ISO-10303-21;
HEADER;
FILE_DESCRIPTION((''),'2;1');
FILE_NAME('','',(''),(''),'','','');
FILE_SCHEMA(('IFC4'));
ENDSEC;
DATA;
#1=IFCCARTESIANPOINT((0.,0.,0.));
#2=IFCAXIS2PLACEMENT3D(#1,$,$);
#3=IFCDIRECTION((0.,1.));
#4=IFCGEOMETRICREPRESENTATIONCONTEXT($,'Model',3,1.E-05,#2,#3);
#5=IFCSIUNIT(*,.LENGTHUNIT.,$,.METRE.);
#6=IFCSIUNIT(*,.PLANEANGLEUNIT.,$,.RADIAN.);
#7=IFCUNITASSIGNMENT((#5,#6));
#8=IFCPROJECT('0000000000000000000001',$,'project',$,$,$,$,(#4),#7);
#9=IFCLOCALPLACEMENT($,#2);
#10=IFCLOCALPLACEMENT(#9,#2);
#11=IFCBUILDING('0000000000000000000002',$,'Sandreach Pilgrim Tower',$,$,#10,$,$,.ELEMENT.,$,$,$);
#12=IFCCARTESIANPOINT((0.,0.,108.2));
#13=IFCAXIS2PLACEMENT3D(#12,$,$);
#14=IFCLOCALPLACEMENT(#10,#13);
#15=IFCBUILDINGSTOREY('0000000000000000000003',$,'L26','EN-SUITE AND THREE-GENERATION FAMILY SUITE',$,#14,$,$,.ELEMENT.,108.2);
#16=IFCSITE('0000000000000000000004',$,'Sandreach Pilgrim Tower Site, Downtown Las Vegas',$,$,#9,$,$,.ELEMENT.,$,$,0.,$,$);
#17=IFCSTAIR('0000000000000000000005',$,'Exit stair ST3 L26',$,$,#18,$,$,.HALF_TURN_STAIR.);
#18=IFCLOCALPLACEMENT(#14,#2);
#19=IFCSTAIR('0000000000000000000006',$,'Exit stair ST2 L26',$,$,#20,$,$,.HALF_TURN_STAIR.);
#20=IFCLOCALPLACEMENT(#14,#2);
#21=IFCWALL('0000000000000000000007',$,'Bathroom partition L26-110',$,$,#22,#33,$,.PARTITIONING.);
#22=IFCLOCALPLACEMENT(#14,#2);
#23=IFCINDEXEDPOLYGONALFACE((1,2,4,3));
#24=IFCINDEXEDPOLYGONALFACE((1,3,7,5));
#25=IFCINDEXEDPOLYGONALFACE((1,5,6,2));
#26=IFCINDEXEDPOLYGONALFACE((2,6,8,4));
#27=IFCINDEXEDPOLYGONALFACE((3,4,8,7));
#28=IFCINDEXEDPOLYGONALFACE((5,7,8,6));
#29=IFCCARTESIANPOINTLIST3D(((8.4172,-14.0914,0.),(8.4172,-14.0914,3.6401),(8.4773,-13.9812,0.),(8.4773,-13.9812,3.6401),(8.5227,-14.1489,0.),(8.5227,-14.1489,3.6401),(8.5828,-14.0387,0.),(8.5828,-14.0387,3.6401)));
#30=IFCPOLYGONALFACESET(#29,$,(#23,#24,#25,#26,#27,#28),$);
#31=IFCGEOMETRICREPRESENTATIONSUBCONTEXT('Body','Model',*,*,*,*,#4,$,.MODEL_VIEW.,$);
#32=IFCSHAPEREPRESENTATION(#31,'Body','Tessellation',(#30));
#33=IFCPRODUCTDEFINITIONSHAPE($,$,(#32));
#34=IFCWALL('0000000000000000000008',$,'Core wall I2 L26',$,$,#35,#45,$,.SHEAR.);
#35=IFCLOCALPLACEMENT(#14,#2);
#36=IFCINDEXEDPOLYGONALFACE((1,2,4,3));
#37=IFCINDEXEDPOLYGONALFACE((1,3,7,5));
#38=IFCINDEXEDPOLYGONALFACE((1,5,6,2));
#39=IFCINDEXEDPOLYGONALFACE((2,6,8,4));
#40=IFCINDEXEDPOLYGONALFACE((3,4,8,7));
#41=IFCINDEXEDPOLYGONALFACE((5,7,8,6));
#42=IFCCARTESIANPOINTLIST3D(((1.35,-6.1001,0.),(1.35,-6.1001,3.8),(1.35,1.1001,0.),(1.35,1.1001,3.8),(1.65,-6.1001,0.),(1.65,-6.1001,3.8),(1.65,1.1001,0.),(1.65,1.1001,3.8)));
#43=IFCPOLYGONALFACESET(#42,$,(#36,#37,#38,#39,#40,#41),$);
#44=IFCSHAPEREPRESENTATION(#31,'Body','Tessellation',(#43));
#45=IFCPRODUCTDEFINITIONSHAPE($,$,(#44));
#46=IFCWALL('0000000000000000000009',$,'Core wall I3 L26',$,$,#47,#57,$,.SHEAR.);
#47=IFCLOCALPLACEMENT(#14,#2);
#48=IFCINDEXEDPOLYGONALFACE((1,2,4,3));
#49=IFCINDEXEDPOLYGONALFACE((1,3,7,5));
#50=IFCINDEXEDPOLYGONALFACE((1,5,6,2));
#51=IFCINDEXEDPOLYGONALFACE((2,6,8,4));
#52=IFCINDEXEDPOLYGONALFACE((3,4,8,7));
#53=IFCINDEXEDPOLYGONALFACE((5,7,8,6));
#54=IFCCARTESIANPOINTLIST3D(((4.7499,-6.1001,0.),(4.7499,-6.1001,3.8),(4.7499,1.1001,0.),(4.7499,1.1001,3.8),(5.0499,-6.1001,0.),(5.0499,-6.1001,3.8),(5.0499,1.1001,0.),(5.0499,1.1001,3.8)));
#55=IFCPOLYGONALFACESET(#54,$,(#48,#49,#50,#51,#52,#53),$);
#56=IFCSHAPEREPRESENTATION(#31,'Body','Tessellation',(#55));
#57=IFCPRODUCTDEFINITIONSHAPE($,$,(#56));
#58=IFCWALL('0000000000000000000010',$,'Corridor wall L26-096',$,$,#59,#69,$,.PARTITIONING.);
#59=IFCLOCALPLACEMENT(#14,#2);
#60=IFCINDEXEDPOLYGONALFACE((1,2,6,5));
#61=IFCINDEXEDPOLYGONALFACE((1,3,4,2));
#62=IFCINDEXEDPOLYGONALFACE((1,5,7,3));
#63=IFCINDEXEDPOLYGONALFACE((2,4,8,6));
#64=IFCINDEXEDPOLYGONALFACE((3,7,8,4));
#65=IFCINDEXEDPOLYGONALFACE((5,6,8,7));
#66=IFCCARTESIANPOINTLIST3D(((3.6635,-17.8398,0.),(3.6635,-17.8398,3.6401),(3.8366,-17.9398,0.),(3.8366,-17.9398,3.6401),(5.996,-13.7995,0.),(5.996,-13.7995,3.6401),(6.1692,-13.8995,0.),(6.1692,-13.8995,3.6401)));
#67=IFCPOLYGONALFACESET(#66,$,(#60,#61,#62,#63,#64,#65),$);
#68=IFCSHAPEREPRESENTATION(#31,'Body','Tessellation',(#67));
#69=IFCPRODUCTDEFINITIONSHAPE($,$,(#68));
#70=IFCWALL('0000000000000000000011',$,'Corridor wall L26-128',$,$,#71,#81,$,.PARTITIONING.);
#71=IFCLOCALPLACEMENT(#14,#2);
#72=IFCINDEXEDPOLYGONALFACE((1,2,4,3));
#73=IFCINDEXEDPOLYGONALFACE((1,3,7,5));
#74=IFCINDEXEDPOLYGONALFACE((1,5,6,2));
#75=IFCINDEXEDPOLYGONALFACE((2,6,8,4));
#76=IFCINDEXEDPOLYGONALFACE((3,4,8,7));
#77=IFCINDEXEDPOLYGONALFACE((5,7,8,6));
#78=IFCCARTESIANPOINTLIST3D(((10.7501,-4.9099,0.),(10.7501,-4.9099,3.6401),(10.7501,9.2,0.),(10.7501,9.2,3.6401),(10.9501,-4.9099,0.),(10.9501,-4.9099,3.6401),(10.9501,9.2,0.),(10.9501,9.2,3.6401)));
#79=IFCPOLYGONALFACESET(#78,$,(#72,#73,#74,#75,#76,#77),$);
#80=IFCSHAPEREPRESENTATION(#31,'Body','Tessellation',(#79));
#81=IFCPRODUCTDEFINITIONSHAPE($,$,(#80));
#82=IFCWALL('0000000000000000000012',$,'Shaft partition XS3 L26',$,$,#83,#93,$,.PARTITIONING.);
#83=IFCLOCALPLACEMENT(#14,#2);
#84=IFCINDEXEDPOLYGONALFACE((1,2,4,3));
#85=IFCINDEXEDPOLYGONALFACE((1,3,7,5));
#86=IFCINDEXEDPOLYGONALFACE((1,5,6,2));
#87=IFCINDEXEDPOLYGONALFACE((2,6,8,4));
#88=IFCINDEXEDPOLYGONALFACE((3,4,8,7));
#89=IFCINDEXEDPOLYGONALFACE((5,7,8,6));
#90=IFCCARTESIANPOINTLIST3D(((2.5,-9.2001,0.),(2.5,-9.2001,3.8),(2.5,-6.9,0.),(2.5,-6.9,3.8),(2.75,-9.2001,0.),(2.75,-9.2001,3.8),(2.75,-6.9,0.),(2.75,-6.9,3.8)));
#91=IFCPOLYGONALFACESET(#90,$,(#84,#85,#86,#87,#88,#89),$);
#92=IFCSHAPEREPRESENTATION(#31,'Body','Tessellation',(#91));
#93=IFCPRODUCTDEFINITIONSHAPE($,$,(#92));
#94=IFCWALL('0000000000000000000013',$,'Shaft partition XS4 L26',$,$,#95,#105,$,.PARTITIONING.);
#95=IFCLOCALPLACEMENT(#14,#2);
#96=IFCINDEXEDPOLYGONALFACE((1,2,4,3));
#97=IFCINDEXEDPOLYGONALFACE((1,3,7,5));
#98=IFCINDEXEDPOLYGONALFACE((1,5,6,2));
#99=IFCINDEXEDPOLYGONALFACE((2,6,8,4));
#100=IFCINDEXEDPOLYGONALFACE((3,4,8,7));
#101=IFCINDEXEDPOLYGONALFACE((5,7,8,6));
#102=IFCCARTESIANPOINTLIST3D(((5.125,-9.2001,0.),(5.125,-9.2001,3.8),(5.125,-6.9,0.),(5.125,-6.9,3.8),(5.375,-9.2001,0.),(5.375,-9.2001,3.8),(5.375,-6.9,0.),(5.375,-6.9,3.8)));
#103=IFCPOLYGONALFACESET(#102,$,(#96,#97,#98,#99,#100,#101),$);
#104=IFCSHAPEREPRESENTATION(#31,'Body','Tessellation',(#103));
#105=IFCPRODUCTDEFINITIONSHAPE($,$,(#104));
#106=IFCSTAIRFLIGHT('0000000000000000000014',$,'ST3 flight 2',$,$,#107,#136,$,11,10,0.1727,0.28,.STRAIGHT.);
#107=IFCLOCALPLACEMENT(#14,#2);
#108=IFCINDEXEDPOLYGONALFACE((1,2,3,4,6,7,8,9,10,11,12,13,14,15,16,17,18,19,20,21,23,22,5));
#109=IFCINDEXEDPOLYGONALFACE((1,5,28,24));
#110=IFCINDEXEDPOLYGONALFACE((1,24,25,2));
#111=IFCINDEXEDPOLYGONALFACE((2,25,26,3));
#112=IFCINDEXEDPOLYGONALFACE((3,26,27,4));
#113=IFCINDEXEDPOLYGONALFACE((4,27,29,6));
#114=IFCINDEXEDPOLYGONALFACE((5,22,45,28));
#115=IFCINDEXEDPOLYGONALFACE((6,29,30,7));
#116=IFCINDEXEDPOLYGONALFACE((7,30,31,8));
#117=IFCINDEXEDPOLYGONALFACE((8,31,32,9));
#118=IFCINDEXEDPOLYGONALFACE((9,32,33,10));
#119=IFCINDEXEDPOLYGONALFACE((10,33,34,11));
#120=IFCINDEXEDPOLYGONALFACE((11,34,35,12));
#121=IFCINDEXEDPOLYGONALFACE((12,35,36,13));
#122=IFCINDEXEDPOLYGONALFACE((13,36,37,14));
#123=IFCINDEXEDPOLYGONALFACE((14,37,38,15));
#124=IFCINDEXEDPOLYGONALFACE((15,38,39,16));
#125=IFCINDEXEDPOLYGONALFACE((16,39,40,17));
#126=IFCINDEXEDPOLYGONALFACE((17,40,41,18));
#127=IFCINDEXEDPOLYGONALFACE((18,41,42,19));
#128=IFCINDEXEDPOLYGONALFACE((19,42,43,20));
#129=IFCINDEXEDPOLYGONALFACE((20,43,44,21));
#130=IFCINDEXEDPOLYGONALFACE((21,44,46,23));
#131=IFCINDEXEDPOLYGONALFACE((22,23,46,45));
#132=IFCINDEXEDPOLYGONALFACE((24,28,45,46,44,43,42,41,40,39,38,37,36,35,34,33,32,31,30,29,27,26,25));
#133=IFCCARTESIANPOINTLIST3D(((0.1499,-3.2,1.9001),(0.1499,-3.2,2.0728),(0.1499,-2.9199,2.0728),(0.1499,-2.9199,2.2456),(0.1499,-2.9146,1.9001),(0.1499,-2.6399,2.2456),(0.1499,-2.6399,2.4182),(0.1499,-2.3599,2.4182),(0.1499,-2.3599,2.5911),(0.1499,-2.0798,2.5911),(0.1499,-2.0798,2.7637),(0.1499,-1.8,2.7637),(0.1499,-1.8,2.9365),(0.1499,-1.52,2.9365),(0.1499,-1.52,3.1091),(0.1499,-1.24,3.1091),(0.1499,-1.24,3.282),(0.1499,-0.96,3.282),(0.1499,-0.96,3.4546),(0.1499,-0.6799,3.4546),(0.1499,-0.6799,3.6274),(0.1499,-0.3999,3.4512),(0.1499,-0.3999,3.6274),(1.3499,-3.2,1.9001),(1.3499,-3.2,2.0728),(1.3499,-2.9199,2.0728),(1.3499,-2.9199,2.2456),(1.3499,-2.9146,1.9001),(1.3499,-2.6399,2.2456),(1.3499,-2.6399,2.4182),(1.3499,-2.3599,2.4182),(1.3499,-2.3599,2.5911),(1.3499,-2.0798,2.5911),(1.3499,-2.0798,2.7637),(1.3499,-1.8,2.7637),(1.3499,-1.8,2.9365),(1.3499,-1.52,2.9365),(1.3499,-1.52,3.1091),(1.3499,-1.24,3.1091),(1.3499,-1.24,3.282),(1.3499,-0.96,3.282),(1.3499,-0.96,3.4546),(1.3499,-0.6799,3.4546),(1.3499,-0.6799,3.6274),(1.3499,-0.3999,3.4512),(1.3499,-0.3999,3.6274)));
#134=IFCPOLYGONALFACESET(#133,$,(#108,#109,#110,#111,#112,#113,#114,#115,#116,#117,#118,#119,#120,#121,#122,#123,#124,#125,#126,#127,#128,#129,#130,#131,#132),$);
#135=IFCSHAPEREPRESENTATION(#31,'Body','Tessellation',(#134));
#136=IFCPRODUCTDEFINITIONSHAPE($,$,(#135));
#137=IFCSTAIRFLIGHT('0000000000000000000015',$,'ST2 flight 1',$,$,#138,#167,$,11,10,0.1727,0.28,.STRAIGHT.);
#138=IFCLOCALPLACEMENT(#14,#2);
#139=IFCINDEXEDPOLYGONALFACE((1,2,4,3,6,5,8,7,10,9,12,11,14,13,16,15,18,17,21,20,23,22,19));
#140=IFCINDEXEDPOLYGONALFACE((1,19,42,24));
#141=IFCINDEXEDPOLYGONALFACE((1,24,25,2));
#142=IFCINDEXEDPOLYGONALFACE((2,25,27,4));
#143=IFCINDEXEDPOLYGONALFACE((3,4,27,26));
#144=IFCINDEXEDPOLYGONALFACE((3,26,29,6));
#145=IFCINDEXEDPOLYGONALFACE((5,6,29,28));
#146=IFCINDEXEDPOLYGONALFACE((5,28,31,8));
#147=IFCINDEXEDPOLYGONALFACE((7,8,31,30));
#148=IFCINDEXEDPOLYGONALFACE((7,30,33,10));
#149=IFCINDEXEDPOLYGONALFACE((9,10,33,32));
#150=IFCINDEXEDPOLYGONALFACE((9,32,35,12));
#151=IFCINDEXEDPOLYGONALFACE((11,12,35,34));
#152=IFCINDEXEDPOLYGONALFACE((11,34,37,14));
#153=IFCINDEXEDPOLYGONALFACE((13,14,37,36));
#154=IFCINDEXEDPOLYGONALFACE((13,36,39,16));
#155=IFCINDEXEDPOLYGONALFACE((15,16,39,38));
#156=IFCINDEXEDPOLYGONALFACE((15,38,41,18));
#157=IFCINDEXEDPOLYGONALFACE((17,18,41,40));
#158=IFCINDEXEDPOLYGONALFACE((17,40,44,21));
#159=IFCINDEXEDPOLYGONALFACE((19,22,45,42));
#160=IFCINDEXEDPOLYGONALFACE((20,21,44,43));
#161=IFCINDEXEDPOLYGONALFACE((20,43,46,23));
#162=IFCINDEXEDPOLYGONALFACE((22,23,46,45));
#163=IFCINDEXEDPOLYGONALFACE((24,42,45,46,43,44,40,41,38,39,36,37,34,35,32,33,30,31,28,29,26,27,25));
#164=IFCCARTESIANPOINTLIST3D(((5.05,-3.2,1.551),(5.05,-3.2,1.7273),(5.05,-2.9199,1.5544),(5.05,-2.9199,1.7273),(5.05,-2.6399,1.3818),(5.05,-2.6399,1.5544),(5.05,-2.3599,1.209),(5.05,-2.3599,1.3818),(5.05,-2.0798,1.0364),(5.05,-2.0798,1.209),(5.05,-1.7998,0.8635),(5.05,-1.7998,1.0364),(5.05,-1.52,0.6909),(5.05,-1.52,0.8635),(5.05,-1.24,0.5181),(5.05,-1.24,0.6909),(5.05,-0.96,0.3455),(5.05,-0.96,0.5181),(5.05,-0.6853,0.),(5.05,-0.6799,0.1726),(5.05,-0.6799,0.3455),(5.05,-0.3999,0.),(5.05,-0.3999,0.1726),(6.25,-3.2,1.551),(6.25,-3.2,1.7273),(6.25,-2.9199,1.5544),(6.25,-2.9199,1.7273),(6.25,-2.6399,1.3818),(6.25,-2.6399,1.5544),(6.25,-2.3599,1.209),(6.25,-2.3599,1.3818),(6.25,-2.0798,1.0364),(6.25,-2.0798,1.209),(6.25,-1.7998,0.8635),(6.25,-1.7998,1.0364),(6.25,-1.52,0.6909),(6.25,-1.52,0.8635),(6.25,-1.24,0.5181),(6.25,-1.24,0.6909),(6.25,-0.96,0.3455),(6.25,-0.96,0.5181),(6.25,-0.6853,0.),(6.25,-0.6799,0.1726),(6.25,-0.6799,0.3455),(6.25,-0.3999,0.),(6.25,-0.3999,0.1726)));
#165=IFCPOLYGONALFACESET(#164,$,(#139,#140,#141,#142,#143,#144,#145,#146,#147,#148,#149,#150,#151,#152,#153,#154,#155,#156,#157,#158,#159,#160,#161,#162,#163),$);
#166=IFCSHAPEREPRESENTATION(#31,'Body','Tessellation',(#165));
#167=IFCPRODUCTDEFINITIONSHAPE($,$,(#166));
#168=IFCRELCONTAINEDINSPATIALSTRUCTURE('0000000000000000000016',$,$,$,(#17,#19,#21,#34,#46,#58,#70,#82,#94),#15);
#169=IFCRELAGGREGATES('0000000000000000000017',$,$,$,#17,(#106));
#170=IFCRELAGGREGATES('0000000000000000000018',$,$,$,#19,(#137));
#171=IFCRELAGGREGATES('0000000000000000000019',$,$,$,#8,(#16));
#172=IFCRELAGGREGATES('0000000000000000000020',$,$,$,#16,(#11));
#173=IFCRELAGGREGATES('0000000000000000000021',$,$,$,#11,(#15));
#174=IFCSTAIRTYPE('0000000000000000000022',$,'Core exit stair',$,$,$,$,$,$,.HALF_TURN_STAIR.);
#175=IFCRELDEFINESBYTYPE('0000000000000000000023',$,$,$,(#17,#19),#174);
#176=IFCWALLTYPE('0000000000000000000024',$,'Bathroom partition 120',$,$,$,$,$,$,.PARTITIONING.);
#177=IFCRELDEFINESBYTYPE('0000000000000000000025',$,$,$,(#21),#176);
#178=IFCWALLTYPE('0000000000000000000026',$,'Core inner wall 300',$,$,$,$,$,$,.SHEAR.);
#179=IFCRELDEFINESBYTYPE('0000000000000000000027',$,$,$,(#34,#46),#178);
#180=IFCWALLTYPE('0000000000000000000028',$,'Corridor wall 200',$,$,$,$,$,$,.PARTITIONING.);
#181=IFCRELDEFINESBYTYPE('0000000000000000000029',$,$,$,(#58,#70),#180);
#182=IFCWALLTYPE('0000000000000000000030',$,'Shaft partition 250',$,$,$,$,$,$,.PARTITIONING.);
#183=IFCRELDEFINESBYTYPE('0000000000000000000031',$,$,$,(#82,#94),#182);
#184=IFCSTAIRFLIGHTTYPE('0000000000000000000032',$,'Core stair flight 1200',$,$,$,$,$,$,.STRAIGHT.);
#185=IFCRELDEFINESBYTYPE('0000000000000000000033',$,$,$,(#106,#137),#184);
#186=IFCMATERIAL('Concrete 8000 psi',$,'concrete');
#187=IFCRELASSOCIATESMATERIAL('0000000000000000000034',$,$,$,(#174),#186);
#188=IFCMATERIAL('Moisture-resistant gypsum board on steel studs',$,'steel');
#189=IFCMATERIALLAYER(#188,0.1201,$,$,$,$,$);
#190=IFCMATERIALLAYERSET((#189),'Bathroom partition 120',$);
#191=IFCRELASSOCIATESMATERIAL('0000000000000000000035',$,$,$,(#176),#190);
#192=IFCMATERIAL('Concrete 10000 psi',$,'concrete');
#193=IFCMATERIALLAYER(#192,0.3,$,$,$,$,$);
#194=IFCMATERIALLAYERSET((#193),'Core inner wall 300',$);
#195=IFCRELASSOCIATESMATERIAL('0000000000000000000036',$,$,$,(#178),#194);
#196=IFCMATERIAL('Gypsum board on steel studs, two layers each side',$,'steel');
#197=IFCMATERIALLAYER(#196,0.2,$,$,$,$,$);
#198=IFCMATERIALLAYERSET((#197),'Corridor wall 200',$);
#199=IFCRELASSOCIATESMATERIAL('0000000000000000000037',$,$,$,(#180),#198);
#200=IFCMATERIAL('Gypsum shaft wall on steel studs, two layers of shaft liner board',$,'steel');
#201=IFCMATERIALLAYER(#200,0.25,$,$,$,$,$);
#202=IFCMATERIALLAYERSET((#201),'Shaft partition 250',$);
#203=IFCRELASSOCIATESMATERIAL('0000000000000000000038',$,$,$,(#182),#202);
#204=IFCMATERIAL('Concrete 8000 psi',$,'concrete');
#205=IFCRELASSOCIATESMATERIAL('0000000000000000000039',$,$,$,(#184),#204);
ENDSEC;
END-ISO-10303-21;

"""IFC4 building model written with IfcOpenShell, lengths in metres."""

from ifc_helpers import new_model, si_unit, direction, frame, frame_2d, origin, place, context, subcontext, project, spatial, polyline, rectangle, outline, extrude, material, layer, layer_set, type_object, element, aggregate, save


model = new_model("IFC4")

# Units and contexts
model_context = context("Model", 3, precision=1e-05, world=origin(), true_north=direction((0.0, 1.0)))
body_context = subcontext(model_context, "Body", "Model", "MODEL_VIEW")
ifc_project = project(units=[si_unit("LENGTHUNIT", "METRE"), si_unit("PLANEANGLEUNIT", "RADIAN")], contexts=[model_context])

# Site, building, storey
site_placement = place(None, origin())
site = spatial("IfcSite", under=ifc_project, at=site_placement, Name="Sandreach Pilgrim Tower Site, Downtown Las Vegas", CompositionType="ELEMENT", RefElevation=0.0)
building_placement = place(site_placement, origin())
building = spatial("IfcBuilding", under=site, at=building_placement, Name="Sandreach Pilgrim Tower", CompositionType="ELEMENT")
storey_placement = place(building_placement, frame((0.0, 0.0, 108.2)))
storey = spatial("IfcBuildingStorey", under=building, at=storey_placement, Name="L26", Description="EN-SUITE AND THREE-GENERATION FAMILY SUITE", CompositionType="ELEMENT", Elevation=108.2)

# Stair
ifc_material_1 = material(Name="Concrete 8000 psi", Category="concrete")
stair_type = type_object("IfcStairType", Name="Core exit stair", PredefinedType="HALF_TURN_STAIR", material=ifc_material_1)
stair_1_placement = place(storey_placement, origin())
stair_1 = element("IfcStair", 1, at=stair_1_placement, inside=storey, type_object=stair_type, Name="Exit stair ST3 L26", PredefinedType="HALF_TURN_STAIR")

# Stair
stair_2_placement = place(storey_placement, origin())
stair_2 = element("IfcStair", 2, at=stair_2_placement, inside=storey, type_object=stair_type, Name="Exit stair ST2 L26", PredefinedType="HALF_TURN_STAIR")

# Walls
ifc_material_2 = material(Name="Moisture-resistant gypsum board on steel studs", Category="steel")
ifc_layer_1 = layer(ifc_material_2, 0.1201)
ifc_layer_set_1 = layer_set([ifc_layer_1], Name="Bathroom partition 120")
wall_type_1 = type_object("IfcWallType", Name="Bathroom partition 120", PredefinedType="PARTITIONING", material=ifc_layer_set_1)
wall_1_placement = place(storey_placement, frame((8.47, -14.1201, 0.0), z_axis=(0.0, 0.0, 1.0), x_axis=(0.478852, 0.877896, 0.0)))
element("IfcWall", 3, at=wall_1_placement, inside=storey, type_object=wall_type_1, Name="Bathroom partition L26-110", PredefinedType="PARTITIONING", context=body_context, shape_type="SweptSolid", body=[
    extrude(rectangle(XDim=0.1255, YDim=0.1201, at=frame_2d((0.0627, 0.0))), origin(), (0.0, 0.0, 1.0), 3.6401),
])
ifc_material_3 = material(Name="Concrete 10000 psi", Category="concrete")
ifc_layer_2 = layer(ifc_material_3, 0.3)
ifc_layer_set_2 = layer_set([ifc_layer_2], Name="Core inner wall 300")
wall_type_2 = type_object("IfcWallType", Name="Core inner wall 300", PredefinedType="SHEAR", material=ifc_layer_set_2)
for number, where, z_axis, x_axis, name in (
    (4, (1.5, -6.1001, 0.0), (0.0, 0.0, 1.0), (0.0, 1.0, 0.0), "Core wall I2 L26"),
    (5, (4.8999, -6.1001, 0.0), (0.0, 0.0, 1.0), (0.0, 1.0, 0.0), "Core wall I3 L26"),
):
    element("IfcWall", number, at=place(storey_placement, frame(where, z_axis=z_axis, x_axis=x_axis)), inside=storey, type_object=wall_type_2, Name=name, PredefinedType="SHEAR", context=body_context, shape_type="SweptSolid", body=[
        extrude(rectangle(XDim=7.2002, YDim=0.3, at=frame_2d((3.6001, 0.0))), origin(), (0.0, 0.0, 1.0), 3.8),
    ])

# Wall
ifc_material_4 = material(Name="Gypsum board on steel studs, two layers each side", Category="steel")
ifc_layer_3 = layer(ifc_material_4, 0.2)
ifc_layer_set_3 = layer_set([ifc_layer_3], Name="Corridor wall 200")
wall_type_3 = type_object("IfcWallType", Name="Corridor wall 200", PredefinedType="PARTITIONING", material=ifc_layer_set_3)
wall_2_placement = place(storey_placement, frame((6.0825, -13.8496, 0.0), z_axis=(0.0, 0.0, 1.0), x_axis=(-0.499978, -0.866038, 0.0)))
element("IfcWall", 6, at=wall_2_placement, inside=storey, type_object=wall_type_3, Name="Corridor wall L26-096", PredefinedType="PARTITIONING", context=body_context, shape_type="SweptSolid", body=[
    extrude(rectangle(XDim=4.6653, YDim=0.2, at=frame_2d((2.3325, 0.0))), origin(), (0.0, 0.0, 1.0), 3.6401),
])

# Walls
wall_3_placement = place(storey_placement, frame((10.8501, -4.9099, 0.0), z_axis=(0.0, 0.0, 1.0), x_axis=(0.0, 1.0, 0.0)))
element("IfcWall", 7, at=wall_3_placement, inside=storey, type_object=wall_type_3, Name="Corridor wall L26-128", PredefinedType="PARTITIONING", context=body_context, shape_type="SweptSolid", body=[
    extrude(rectangle(XDim=14.1099, YDim=0.2, at=frame_2d((7.0549, 0.0))), origin(), (0.0, 0.0, 1.0), 3.6401),
])
ifc_material_5 = material(Name="Gypsum shaft wall on steel studs, two layers of shaft liner board", Category="steel")
ifc_layer_4 = layer(ifc_material_5, 0.25)
ifc_layer_set_4 = layer_set([ifc_layer_4], Name="Shaft partition 250")
wall_type_4 = type_object("IfcWallType", Name="Shaft partition 250", PredefinedType="PARTITIONING", material=ifc_layer_set_4)
for number, where, z_axis, x_axis, name in (
    (8, (2.625, -9.2, 0.0), (0.0, 0.0, 1.0), (0.0, 1.0, 0.0), "Shaft partition XS3 L26"),
    (9, (5.25, -9.2, 0.0), (0.0, 0.0, 1.0), (0.0, 1.0, 0.0), "Shaft partition XS4 L26"),
):
    element("IfcWall", number, at=place(storey_placement, frame(where, z_axis=z_axis, x_axis=x_axis)), inside=storey, type_object=wall_type_4, Name=name, PredefinedType="PARTITIONING", context=body_context, shape_type="SweptSolid", body=[
        extrude(rectangle(XDim=2.3, YDim=0.25, at=frame_2d((1.1499, 0.0))), origin(), (0.0, 0.0, 1.0), 3.8),
    ])

# Stair flights
ifc_material_6 = material(Name="Concrete 8000 psi", Category="concrete")
stair_flight_type = type_object("IfcStairFlightType", Name="Core stair flight 1200", PredefinedType="STRAIGHT", material=ifc_material_6)
stair_flight_1_placement = place(storey_placement, frame((0.75, -3.2, 1.9001), z_axis=(0.0, 0.0, 1.0), x_axis=(0.0, 1.0, 0.0)))
stair_flight_1 = element("IfcStairFlight", 10, at=stair_flight_1_placement, type_object=stair_flight_type, Name="ST3 flight 2", NumberOfRisers=11, NumberOfTreads=10, PredefinedType="STRAIGHT", RiserHeight=0.1727, TreadLength=0.28, context=body_context, shape_type="SweptSolid", body=[
    extrude(outline(polyline([(0.0, 0.0), (0.0, 0.1726), (0.28, 0.1726), (0.28, 0.3455), (0.5601, 0.3455), (0.5601, 0.5181), (0.8401, 0.5181), (0.8401, 0.6909), (1.1201, 0.6909), (1.1201, 0.8635), (1.3999, 0.8635), (1.3999, 1.0364), (1.6799, 1.0364), (1.6799, 1.209), (1.96, 1.209), (1.96, 1.3818), (2.24, 1.3818), (2.24, 1.5544), (2.52, 1.5544), (2.52, 1.7273), (2.8, 1.7273), (2.8, 1.8999), (2.8, 1.551), (0.2854, 0.0), (0.0, 0.0)])), frame((0.0, 0.6001, 0.0), z_axis=(0.0, -1.0, 0.0), x_axis=(1.0, 0.0, 0.0)), (0.0, 0.0, 1.0), 1.2),
])
aggregate(stair_1, [stair_flight_1])
stair_flight_2_placement = place(storey_placement, frame((5.6499, -0.3999, 0.0), z_axis=(0.0, 0.0, 1.0), x_axis=(0.0, -1.0, 0.0)))
stair_flight_2 = element("IfcStairFlight", 11, at=stair_flight_2_placement, type_object=stair_flight_type, Name="ST2 flight 1", NumberOfRisers=11, NumberOfTreads=10, PredefinedType="STRAIGHT", RiserHeight=0.1727, TreadLength=0.28, context=body_context, shape_type="SweptSolid", body=[
    extrude(outline(polyline([(0.0, 0.0), (0.0, 0.1726), (0.28, 0.1726), (0.28, 0.3455), (0.5601, 0.3455), (0.5601, 0.5181), (0.8401, 0.5181), (0.8401, 0.6909), (1.1201, 0.6909), (1.1201, 0.8635), (1.3999, 0.8635), (1.3999, 1.0364), (1.6799, 1.0364), (1.6799, 1.209), (1.96, 1.209), (1.96, 1.3818), (2.24, 1.3818), (2.24, 1.5544), (2.52, 1.5544), (2.52, 1.7273), (2.8, 1.7273), (2.8, 1.8999), (2.8, 1.551), (0.2854, 0.0), (0.0, 0.0)])), frame((0.0, 0.6001, 0.0), z_axis=(0.0, -1.0, 0.0), x_axis=(1.0, 0.0, 0.0)), (0.0, 0.0, 1.0), 1.2),
])
aggregate(stair_2, [stair_flight_2])

save(model, "model.ifc")
